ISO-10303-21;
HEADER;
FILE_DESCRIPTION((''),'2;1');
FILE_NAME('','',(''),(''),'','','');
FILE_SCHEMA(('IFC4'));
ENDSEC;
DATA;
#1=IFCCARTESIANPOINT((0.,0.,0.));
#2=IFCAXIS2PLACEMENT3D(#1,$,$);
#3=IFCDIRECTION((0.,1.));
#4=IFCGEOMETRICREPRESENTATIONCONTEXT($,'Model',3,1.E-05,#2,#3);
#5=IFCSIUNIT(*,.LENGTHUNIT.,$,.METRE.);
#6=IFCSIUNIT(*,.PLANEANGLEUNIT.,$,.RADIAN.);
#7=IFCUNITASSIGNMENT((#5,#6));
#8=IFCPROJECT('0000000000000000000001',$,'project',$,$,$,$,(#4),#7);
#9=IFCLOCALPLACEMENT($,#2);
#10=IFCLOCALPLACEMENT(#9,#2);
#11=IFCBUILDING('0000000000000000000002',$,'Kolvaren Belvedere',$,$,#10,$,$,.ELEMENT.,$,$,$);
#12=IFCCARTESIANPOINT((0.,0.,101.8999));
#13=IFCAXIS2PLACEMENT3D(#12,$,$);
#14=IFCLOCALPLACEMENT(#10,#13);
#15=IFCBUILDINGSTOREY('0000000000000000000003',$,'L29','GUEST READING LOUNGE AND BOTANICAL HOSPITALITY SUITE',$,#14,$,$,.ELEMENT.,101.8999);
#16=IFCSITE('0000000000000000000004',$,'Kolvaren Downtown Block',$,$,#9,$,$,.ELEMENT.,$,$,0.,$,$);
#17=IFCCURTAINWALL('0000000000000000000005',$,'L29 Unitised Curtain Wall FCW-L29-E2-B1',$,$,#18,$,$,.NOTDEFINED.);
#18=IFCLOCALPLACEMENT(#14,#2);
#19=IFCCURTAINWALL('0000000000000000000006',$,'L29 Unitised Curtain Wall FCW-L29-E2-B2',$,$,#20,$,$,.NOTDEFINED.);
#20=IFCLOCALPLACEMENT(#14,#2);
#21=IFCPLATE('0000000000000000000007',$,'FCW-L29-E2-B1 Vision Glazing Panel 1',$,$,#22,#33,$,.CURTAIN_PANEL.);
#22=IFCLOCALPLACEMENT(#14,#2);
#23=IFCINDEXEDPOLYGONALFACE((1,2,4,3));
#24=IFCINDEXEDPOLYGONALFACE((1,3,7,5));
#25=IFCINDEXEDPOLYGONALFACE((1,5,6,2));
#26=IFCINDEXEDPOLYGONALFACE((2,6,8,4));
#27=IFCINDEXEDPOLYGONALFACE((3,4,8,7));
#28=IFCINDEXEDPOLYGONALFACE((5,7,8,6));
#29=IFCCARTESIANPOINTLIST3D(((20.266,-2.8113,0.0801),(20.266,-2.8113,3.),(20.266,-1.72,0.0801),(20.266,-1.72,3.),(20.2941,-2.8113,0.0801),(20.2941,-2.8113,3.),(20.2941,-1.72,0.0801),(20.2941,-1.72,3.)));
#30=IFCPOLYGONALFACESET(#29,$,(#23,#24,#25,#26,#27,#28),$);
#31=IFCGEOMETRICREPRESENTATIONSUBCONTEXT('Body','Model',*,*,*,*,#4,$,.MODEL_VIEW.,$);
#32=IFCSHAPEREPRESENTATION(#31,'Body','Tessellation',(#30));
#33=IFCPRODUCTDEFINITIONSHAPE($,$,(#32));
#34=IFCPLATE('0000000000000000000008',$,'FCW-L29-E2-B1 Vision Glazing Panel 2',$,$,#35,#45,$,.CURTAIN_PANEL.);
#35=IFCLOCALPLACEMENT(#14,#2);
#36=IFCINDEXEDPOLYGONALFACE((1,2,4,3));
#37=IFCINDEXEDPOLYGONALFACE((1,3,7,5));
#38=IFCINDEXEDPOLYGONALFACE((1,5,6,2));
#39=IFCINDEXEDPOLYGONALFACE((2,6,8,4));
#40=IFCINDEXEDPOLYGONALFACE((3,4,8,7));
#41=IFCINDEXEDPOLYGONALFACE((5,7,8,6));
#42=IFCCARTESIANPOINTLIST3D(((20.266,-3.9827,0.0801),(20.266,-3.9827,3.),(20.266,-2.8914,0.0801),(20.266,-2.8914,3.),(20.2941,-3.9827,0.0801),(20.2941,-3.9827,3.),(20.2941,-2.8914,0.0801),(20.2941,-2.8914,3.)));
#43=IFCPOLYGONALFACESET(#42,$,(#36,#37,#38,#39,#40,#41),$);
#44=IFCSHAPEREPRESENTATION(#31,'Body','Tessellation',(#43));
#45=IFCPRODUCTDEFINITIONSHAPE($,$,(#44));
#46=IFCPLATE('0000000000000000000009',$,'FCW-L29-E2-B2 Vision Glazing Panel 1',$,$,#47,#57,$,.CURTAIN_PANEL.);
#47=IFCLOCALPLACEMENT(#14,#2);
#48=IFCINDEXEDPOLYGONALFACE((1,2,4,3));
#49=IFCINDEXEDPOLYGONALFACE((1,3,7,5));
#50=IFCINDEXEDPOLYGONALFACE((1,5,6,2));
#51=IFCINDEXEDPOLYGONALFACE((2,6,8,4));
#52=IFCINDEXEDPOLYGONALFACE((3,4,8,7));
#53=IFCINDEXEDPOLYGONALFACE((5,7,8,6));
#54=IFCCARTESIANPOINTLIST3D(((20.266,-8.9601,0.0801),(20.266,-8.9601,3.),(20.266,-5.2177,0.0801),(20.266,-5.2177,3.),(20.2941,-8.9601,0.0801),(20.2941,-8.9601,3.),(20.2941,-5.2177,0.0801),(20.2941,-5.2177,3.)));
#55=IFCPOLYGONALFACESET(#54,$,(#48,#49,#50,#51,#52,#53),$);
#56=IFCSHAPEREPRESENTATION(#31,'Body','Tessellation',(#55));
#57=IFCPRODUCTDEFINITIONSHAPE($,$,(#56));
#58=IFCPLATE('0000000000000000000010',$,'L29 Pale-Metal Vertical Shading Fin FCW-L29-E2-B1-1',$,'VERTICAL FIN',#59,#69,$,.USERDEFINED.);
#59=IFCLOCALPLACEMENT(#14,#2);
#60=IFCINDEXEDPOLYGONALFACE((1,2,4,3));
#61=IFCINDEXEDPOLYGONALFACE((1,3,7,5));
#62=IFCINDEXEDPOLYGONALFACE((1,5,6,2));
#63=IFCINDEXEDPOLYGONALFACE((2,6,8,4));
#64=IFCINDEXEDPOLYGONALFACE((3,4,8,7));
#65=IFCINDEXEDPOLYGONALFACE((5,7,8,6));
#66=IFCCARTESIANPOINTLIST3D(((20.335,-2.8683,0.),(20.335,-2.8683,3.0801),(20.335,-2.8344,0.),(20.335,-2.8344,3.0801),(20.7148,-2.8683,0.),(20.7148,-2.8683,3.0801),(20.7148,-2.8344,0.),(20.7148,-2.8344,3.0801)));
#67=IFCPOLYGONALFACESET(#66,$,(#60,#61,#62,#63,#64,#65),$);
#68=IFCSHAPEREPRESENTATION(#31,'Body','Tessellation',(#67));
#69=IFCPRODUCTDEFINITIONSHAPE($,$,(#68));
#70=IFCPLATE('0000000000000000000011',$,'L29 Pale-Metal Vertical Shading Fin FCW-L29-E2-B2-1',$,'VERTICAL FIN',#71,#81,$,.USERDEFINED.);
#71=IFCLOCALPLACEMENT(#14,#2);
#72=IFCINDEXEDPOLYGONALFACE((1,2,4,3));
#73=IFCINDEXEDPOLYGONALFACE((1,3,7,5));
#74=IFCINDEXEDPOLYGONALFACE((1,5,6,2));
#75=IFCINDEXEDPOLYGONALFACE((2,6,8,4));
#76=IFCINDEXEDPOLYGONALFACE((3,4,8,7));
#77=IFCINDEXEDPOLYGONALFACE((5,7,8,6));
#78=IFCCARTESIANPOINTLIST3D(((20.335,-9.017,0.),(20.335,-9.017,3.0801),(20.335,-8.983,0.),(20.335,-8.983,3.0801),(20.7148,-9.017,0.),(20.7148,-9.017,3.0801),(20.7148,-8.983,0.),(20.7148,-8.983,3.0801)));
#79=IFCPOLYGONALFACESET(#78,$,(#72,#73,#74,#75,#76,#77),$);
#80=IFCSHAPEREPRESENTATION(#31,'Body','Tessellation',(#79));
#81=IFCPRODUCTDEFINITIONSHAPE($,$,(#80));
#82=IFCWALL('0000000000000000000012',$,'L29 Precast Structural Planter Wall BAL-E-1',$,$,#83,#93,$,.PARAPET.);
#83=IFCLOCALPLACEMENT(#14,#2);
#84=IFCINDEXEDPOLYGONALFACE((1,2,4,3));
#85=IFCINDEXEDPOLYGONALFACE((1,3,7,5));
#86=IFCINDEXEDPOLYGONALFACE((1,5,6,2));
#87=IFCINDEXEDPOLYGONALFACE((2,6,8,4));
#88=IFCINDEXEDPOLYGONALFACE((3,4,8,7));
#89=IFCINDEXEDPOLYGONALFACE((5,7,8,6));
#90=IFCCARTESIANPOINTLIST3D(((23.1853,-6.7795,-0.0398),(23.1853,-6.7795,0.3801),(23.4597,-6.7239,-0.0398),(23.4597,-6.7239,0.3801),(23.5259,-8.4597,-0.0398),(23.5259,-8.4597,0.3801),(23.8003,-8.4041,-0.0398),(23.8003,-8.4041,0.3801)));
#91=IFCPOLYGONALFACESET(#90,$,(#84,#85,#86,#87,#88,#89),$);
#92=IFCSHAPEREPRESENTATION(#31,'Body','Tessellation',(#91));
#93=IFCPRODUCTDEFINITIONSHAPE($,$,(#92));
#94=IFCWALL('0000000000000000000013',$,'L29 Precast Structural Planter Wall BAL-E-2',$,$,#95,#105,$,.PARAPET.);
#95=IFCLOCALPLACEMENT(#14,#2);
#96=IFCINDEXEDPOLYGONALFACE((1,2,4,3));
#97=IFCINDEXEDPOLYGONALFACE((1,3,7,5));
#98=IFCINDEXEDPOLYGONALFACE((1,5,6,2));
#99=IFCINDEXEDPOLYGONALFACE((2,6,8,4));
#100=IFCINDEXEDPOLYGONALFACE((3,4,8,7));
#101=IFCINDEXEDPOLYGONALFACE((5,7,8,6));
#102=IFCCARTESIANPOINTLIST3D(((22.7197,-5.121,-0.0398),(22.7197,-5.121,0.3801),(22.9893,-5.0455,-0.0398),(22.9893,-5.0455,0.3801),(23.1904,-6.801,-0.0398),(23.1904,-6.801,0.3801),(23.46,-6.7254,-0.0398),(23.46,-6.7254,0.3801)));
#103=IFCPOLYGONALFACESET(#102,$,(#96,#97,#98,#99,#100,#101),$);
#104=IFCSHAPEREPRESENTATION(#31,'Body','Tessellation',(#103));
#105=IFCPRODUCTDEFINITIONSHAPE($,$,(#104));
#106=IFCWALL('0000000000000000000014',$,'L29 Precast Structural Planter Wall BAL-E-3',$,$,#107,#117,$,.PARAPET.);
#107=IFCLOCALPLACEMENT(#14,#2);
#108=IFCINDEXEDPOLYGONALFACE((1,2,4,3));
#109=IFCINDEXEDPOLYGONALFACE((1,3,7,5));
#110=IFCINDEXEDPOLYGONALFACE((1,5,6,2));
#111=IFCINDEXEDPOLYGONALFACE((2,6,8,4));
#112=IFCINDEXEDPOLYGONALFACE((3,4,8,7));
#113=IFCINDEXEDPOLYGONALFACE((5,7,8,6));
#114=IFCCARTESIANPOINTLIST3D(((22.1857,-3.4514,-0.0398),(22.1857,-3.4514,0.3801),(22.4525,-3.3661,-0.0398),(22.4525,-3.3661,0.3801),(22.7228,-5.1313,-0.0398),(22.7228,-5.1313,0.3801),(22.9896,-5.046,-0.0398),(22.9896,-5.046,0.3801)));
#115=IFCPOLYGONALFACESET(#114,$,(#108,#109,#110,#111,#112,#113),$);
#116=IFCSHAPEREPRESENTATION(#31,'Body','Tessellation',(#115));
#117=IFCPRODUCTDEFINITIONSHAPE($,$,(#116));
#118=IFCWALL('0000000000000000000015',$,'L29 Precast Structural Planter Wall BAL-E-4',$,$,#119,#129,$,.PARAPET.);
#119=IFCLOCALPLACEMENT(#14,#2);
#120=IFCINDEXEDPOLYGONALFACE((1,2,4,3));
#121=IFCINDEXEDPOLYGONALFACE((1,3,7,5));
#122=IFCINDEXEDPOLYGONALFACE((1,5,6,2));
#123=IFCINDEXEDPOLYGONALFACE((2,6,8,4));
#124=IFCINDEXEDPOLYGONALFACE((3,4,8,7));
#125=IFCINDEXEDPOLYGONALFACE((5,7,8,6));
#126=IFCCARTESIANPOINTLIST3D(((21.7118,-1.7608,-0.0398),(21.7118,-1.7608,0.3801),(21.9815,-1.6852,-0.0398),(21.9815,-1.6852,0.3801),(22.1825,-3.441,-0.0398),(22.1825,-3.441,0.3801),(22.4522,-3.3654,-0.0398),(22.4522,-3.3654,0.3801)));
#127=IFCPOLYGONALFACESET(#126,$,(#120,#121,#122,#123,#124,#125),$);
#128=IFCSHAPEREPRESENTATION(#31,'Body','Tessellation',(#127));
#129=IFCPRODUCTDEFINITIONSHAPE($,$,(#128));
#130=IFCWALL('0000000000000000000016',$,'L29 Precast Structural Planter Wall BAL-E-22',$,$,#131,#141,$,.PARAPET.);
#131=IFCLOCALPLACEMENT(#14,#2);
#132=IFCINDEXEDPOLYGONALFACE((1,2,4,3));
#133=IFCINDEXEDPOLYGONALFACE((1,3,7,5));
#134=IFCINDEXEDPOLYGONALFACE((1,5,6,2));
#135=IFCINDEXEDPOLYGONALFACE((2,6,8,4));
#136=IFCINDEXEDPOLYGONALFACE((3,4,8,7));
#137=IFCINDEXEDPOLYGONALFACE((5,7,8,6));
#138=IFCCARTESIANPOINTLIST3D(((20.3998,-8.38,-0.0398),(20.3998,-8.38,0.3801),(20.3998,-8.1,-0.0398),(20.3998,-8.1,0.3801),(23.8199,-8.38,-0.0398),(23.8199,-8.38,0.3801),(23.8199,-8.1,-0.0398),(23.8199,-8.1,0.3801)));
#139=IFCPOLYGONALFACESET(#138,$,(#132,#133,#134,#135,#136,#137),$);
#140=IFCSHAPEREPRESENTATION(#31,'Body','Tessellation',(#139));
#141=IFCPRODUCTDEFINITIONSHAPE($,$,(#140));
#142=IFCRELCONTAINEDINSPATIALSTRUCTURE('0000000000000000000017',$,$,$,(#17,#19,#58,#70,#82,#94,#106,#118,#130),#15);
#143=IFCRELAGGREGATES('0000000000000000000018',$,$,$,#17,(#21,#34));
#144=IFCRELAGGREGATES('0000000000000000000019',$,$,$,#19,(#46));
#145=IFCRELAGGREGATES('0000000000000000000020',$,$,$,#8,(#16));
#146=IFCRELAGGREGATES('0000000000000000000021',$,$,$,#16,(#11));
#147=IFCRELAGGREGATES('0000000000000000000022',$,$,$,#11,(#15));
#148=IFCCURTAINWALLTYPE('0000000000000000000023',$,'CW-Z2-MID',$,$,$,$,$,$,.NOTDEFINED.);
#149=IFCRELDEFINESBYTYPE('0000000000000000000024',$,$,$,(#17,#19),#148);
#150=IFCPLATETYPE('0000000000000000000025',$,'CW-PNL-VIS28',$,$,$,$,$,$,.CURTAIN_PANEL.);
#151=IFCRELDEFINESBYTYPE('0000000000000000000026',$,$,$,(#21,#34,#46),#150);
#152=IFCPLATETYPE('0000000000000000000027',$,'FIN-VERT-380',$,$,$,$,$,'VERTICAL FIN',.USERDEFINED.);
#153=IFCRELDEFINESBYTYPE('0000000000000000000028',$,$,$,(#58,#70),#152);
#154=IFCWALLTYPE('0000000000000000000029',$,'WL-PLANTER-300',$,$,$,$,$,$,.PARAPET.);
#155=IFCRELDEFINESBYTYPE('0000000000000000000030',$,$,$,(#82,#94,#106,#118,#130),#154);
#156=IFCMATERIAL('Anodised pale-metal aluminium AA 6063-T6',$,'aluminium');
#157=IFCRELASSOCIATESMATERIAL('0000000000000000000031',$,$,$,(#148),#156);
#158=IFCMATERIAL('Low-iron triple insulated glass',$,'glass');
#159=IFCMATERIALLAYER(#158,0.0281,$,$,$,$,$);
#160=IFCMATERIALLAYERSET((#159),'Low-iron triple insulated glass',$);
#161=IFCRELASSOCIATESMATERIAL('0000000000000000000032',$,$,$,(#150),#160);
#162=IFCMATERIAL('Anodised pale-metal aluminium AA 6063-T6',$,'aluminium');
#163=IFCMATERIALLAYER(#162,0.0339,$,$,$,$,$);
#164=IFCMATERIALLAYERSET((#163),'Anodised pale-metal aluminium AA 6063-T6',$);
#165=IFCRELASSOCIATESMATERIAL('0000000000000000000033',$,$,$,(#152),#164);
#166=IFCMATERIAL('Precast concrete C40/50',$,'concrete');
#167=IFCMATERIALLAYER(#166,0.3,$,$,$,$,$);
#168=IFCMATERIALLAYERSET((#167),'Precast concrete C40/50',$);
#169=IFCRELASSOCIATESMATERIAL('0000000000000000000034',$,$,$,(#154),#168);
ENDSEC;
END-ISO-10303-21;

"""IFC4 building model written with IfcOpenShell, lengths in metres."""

from ifc_helpers import new_model, si_unit, direction, frame, frame_2d, origin, origin_2d, place, context, subcontext, project, spatial, rectangle, extrude, material, layer, layer_set, type_object, element, aggregate, save


model = new_model("IFC4")

# Units and contexts
model_context = context("Model", 3, precision=1e-05, world=origin(), true_north=direction((0.0, 1.0)))
body_context = subcontext(model_context, "Body", "Model", "MODEL_VIEW")
ifc_project = project(units=[si_unit("LENGTHUNIT", "METRE"), si_unit("PLANEANGLEUNIT", "RADIAN")], contexts=[model_context])

# Site, building, storey
site_placement = place(None, origin())
site = spatial("IfcSite", under=ifc_project, at=site_placement, Name="Kolvaren Downtown Block", CompositionType="ELEMENT", RefElevation=0.0)
building_placement = place(site_placement, origin())
building = spatial("IfcBuilding", under=site, at=building_placement, Name="Kolvaren Belvedere", CompositionType="ELEMENT")
storey_placement = place(building_placement, frame((0.0, 0.0, 101.8999)))
storey = spatial("IfcBuildingStorey", under=building, at=storey_placement, Name="L29", Description="GUEST READING LOUNGE AND BOTANICAL HOSPITALITY SUITE", CompositionType="ELEMENT", Elevation=101.8999)

# Curtain wall
ifc_material_1 = material(Name="Anodised pale-metal aluminium AA 6063-T6", Category="aluminium")
curtain_wall_type = type_object("IfcCurtainWallType", Name="CW-Z2-MID", PredefinedType="NOTDEFINED", material=ifc_material_1)
curtain_wall_1_placement = place(storey_placement, origin())
curtain_wall_1 = element("IfcCurtainWall", 1, at=curtain_wall_1_placement, inside=storey, type_object=curtain_wall_type, Name="L29 Unitised Curtain Wall FCW-L29-E2-B1", PredefinedType="NOTDEFINED")

# Curtain wall
curtain_wall_2_placement = place(storey_placement, origin())
curtain_wall_2 = element("IfcCurtainWall", 2, at=curtain_wall_2_placement, inside=storey, type_object=curtain_wall_type, Name="L29 Unitised Curtain Wall FCW-L29-E2-B2", PredefinedType="NOTDEFINED")

# Plates
ifc_material_2 = material(Name="Low-iron triple insulated glass", Category="glass")
ifc_layer_1 = layer(ifc_material_2, 0.0281)
ifc_layer_set_1 = layer_set([ifc_layer_1], Name="Low-iron triple insulated glass")
plate_type_1 = type_object("IfcPlateType", Name="CW-PNL-VIS28", PredefinedType="CURTAIN_PANEL", material=ifc_layer_set_1)
plate_1_placement = place(storey_placement, frame((20.28, -2.2656, 0.0801), z_axis=(0.0, 0.0, 1.0), x_axis=(0.0, -1.0, 0.0)))
plate_1 = element("IfcPlate", 3, at=plate_1_placement, type_object=plate_type_1, Name="FCW-L29-E2-B1 Vision Glazing Panel 1", PredefinedType="CURTAIN_PANEL", context=body_context, shape_type="SweptSolid", body=[
    extrude(rectangle(XDim=1.0913, YDim=0.0281, at=origin_2d()), origin(), (0.0, 0.0, 1.0), 2.9199),
])
plate_2_placement = place(storey_placement, frame((20.28, -3.437, 0.0801), z_axis=(0.0, 0.0, 1.0), x_axis=(0.0, -1.0, 0.0)))
plate_2 = element("IfcPlate", 4, at=plate_2_placement, type_object=plate_type_1, Name="FCW-L29-E2-B1 Vision Glazing Panel 2", PredefinedType="CURTAIN_PANEL", context=body_context, shape_type="SweptSolid", body=[
    extrude(rectangle(XDim=1.0913, YDim=0.0281, at=origin_2d()), origin(), (0.0, 0.0, 1.0), 2.9199),
])
aggregate(curtain_wall_1, [plate_1, plate_2])
plate_3_placement = place(storey_placement, frame((20.28, -7.0889, 0.0801), z_axis=(0.0, 0.0, 1.0), x_axis=(0.0, -1.0, 0.0)))
plate_3 = element("IfcPlate", 5, at=plate_3_placement, type_object=plate_type_1, Name="FCW-L29-E2-B2 Vision Glazing Panel 1", PredefinedType="CURTAIN_PANEL", context=body_context, shape_type="SweptSolid", body=[
    extrude(rectangle(XDim=3.7424, YDim=0.0281, at=origin_2d()), origin(), (0.0, 0.0, 1.0), 2.9199),
])
aggregate(curtain_wall_2, [plate_3])

# Plates
ifc_material_3 = material(Name="Anodised pale-metal aluminium AA 6063-T6", Category="aluminium")
ifc_layer_2 = layer(ifc_material_3, 0.0339)
ifc_layer_set_2 = layer_set([ifc_layer_2], Name="Anodised pale-metal aluminium AA 6063-T6")
plate_type_2 = type_object("IfcPlateType", Name="FIN-VERT-380", ElementType="VERTICAL FIN", PredefinedType="USERDEFINED", material=ifc_layer_set_2)
for number, where, z_axis, x_axis, name in (
    (6, (20.5249, -2.8513, 0.0), (0.0, 0.0, 1.0), (1.0, 0.0, 0.0), "L29 Pale-Metal Vertical Shading Fin FCW-L29-E2-B1-1"),
    (7, (20.5249, -9.0, 0.0), (0.0, 0.0, 1.0), (1.0, 0.0, 0.0), "L29 Pale-Metal Vertical Shading Fin FCW-L29-E2-B2-1"),
):
    element("IfcPlate", number, at=place(storey_placement, frame(where, z_axis=z_axis, x_axis=x_axis)), inside=storey, type_object=plate_type_2, Name=name, ObjectType="VERTICAL FIN", PredefinedType="USERDEFINED", context=body_context, shape_type="SweptSolid", body=[
        extrude(rectangle(XDim=0.3799, YDim=0.0339, at=origin_2d()), origin(), (0.0, 0.0, 1.0), 3.0801),
    ])

# Walls
ifc_material_4 = material(Name="Precast concrete C40/50", Category="concrete")
ifc_layer_3 = layer(ifc_material_4, 0.3)
ifc_layer_set_3 = layer_set([ifc_layer_3], Name="Precast concrete C40/50")
wall_type = type_object("IfcWallType", Name="WL-PLANTER-300", PredefinedType="PARAPET", material=ifc_layer_set_3)
wall_1_placement = place(storey_placement, frame((23.6631, -8.4319, -0.0398), z_axis=(0.0, 0.0, 1.0), x_axis=(-0.198662, 0.980068, 0.0)))
element("IfcWall", 8, at=wall_1_placement, inside=storey, type_object=wall_type, Name="L29 Precast Structural Planter Wall BAL-E-1", PredefinedType="PARAPET", context=body_context, shape_type="SweptSolid", body=[
    extrude(rectangle(XDim=1.7144, YDim=0.28, at=frame_2d((0.8572, 0.0))), origin(), (0.0, 0.0, 1.0), 0.4199),
])
wall_2_placement = place(storey_placement, frame((23.3252, -6.7632, -0.0398), z_axis=(0.0, 0.0, 1.0), x_axis=(-0.269801, 0.962916, 0.0)))
element("IfcWall", 9, at=wall_2_placement, inside=storey, type_object=wall_type, Name="L29 Precast Structural Planter Wall BAL-E-2", PredefinedType="PARAPET", context=body_context, shape_type="SweptSolid", body=[
    extrude(rectangle(XDim=1.7446, YDim=0.28, at=frame_2d((0.8723, 0.0))), origin(), (0.0, 0.0, 1.0), 0.4199),
])
wall_3_placement = place(storey_placement, frame((22.8562, -5.0886, -0.0398), z_axis=(0.0, 0.0, 1.0), x_axis=(-0.304535, 0.952501, 0.0)))
element("IfcWall", 10, at=wall_3_placement, inside=storey, type_object=wall_type, Name="L29 Precast Structural Planter Wall BAL-E-3", PredefinedType="PARAPET", context=body_context, shape_type="SweptSolid", body=[
    extrude(rectangle(XDim=1.7637, YDim=0.28, at=frame_2d((0.8818, 0.0))), origin(), (0.0, 0.0, 1.0), 0.4199),
])
wall_4_placement = place(storey_placement, frame((22.3174, -3.4033, -0.0398), z_axis=(0.0, 0.0, 1.0), x_axis=(-0.269765, 0.962926, 0.0)))
element("IfcWall", 11, at=wall_4_placement, inside=storey, type_object=wall_type, Name="L29 Precast Structural Planter Wall BAL-E-4", PredefinedType="PARAPET", context=body_context, shape_type="SweptSolid", body=[
    extrude(rectangle(XDim=1.7449, YDim=0.28, at=frame_2d((0.8726, 0.0))), origin(), (0.0, 0.0, 1.0), 0.4199),
])
wall_5_placement = place(storey_placement, frame((20.3999, -8.24, -0.0398), z_axis=(0.0, 0.0, 1.0), x_axis=(1.0, 0.0, 0.0)))
element("IfcWall", 12, at=wall_5_placement, inside=storey, type_object=wall_type, Name="L29 Precast Structural Planter Wall BAL-E-22", PredefinedType="PARAPET", context=body_context, shape_type="SweptSolid", body=[
    extrude(rectangle(XDim=3.4202, YDim=0.28, at=frame_2d((1.71, 0.0))), origin(), (0.0, 0.0, 1.0), 0.4199),
])

save(model, "model.ifc")
